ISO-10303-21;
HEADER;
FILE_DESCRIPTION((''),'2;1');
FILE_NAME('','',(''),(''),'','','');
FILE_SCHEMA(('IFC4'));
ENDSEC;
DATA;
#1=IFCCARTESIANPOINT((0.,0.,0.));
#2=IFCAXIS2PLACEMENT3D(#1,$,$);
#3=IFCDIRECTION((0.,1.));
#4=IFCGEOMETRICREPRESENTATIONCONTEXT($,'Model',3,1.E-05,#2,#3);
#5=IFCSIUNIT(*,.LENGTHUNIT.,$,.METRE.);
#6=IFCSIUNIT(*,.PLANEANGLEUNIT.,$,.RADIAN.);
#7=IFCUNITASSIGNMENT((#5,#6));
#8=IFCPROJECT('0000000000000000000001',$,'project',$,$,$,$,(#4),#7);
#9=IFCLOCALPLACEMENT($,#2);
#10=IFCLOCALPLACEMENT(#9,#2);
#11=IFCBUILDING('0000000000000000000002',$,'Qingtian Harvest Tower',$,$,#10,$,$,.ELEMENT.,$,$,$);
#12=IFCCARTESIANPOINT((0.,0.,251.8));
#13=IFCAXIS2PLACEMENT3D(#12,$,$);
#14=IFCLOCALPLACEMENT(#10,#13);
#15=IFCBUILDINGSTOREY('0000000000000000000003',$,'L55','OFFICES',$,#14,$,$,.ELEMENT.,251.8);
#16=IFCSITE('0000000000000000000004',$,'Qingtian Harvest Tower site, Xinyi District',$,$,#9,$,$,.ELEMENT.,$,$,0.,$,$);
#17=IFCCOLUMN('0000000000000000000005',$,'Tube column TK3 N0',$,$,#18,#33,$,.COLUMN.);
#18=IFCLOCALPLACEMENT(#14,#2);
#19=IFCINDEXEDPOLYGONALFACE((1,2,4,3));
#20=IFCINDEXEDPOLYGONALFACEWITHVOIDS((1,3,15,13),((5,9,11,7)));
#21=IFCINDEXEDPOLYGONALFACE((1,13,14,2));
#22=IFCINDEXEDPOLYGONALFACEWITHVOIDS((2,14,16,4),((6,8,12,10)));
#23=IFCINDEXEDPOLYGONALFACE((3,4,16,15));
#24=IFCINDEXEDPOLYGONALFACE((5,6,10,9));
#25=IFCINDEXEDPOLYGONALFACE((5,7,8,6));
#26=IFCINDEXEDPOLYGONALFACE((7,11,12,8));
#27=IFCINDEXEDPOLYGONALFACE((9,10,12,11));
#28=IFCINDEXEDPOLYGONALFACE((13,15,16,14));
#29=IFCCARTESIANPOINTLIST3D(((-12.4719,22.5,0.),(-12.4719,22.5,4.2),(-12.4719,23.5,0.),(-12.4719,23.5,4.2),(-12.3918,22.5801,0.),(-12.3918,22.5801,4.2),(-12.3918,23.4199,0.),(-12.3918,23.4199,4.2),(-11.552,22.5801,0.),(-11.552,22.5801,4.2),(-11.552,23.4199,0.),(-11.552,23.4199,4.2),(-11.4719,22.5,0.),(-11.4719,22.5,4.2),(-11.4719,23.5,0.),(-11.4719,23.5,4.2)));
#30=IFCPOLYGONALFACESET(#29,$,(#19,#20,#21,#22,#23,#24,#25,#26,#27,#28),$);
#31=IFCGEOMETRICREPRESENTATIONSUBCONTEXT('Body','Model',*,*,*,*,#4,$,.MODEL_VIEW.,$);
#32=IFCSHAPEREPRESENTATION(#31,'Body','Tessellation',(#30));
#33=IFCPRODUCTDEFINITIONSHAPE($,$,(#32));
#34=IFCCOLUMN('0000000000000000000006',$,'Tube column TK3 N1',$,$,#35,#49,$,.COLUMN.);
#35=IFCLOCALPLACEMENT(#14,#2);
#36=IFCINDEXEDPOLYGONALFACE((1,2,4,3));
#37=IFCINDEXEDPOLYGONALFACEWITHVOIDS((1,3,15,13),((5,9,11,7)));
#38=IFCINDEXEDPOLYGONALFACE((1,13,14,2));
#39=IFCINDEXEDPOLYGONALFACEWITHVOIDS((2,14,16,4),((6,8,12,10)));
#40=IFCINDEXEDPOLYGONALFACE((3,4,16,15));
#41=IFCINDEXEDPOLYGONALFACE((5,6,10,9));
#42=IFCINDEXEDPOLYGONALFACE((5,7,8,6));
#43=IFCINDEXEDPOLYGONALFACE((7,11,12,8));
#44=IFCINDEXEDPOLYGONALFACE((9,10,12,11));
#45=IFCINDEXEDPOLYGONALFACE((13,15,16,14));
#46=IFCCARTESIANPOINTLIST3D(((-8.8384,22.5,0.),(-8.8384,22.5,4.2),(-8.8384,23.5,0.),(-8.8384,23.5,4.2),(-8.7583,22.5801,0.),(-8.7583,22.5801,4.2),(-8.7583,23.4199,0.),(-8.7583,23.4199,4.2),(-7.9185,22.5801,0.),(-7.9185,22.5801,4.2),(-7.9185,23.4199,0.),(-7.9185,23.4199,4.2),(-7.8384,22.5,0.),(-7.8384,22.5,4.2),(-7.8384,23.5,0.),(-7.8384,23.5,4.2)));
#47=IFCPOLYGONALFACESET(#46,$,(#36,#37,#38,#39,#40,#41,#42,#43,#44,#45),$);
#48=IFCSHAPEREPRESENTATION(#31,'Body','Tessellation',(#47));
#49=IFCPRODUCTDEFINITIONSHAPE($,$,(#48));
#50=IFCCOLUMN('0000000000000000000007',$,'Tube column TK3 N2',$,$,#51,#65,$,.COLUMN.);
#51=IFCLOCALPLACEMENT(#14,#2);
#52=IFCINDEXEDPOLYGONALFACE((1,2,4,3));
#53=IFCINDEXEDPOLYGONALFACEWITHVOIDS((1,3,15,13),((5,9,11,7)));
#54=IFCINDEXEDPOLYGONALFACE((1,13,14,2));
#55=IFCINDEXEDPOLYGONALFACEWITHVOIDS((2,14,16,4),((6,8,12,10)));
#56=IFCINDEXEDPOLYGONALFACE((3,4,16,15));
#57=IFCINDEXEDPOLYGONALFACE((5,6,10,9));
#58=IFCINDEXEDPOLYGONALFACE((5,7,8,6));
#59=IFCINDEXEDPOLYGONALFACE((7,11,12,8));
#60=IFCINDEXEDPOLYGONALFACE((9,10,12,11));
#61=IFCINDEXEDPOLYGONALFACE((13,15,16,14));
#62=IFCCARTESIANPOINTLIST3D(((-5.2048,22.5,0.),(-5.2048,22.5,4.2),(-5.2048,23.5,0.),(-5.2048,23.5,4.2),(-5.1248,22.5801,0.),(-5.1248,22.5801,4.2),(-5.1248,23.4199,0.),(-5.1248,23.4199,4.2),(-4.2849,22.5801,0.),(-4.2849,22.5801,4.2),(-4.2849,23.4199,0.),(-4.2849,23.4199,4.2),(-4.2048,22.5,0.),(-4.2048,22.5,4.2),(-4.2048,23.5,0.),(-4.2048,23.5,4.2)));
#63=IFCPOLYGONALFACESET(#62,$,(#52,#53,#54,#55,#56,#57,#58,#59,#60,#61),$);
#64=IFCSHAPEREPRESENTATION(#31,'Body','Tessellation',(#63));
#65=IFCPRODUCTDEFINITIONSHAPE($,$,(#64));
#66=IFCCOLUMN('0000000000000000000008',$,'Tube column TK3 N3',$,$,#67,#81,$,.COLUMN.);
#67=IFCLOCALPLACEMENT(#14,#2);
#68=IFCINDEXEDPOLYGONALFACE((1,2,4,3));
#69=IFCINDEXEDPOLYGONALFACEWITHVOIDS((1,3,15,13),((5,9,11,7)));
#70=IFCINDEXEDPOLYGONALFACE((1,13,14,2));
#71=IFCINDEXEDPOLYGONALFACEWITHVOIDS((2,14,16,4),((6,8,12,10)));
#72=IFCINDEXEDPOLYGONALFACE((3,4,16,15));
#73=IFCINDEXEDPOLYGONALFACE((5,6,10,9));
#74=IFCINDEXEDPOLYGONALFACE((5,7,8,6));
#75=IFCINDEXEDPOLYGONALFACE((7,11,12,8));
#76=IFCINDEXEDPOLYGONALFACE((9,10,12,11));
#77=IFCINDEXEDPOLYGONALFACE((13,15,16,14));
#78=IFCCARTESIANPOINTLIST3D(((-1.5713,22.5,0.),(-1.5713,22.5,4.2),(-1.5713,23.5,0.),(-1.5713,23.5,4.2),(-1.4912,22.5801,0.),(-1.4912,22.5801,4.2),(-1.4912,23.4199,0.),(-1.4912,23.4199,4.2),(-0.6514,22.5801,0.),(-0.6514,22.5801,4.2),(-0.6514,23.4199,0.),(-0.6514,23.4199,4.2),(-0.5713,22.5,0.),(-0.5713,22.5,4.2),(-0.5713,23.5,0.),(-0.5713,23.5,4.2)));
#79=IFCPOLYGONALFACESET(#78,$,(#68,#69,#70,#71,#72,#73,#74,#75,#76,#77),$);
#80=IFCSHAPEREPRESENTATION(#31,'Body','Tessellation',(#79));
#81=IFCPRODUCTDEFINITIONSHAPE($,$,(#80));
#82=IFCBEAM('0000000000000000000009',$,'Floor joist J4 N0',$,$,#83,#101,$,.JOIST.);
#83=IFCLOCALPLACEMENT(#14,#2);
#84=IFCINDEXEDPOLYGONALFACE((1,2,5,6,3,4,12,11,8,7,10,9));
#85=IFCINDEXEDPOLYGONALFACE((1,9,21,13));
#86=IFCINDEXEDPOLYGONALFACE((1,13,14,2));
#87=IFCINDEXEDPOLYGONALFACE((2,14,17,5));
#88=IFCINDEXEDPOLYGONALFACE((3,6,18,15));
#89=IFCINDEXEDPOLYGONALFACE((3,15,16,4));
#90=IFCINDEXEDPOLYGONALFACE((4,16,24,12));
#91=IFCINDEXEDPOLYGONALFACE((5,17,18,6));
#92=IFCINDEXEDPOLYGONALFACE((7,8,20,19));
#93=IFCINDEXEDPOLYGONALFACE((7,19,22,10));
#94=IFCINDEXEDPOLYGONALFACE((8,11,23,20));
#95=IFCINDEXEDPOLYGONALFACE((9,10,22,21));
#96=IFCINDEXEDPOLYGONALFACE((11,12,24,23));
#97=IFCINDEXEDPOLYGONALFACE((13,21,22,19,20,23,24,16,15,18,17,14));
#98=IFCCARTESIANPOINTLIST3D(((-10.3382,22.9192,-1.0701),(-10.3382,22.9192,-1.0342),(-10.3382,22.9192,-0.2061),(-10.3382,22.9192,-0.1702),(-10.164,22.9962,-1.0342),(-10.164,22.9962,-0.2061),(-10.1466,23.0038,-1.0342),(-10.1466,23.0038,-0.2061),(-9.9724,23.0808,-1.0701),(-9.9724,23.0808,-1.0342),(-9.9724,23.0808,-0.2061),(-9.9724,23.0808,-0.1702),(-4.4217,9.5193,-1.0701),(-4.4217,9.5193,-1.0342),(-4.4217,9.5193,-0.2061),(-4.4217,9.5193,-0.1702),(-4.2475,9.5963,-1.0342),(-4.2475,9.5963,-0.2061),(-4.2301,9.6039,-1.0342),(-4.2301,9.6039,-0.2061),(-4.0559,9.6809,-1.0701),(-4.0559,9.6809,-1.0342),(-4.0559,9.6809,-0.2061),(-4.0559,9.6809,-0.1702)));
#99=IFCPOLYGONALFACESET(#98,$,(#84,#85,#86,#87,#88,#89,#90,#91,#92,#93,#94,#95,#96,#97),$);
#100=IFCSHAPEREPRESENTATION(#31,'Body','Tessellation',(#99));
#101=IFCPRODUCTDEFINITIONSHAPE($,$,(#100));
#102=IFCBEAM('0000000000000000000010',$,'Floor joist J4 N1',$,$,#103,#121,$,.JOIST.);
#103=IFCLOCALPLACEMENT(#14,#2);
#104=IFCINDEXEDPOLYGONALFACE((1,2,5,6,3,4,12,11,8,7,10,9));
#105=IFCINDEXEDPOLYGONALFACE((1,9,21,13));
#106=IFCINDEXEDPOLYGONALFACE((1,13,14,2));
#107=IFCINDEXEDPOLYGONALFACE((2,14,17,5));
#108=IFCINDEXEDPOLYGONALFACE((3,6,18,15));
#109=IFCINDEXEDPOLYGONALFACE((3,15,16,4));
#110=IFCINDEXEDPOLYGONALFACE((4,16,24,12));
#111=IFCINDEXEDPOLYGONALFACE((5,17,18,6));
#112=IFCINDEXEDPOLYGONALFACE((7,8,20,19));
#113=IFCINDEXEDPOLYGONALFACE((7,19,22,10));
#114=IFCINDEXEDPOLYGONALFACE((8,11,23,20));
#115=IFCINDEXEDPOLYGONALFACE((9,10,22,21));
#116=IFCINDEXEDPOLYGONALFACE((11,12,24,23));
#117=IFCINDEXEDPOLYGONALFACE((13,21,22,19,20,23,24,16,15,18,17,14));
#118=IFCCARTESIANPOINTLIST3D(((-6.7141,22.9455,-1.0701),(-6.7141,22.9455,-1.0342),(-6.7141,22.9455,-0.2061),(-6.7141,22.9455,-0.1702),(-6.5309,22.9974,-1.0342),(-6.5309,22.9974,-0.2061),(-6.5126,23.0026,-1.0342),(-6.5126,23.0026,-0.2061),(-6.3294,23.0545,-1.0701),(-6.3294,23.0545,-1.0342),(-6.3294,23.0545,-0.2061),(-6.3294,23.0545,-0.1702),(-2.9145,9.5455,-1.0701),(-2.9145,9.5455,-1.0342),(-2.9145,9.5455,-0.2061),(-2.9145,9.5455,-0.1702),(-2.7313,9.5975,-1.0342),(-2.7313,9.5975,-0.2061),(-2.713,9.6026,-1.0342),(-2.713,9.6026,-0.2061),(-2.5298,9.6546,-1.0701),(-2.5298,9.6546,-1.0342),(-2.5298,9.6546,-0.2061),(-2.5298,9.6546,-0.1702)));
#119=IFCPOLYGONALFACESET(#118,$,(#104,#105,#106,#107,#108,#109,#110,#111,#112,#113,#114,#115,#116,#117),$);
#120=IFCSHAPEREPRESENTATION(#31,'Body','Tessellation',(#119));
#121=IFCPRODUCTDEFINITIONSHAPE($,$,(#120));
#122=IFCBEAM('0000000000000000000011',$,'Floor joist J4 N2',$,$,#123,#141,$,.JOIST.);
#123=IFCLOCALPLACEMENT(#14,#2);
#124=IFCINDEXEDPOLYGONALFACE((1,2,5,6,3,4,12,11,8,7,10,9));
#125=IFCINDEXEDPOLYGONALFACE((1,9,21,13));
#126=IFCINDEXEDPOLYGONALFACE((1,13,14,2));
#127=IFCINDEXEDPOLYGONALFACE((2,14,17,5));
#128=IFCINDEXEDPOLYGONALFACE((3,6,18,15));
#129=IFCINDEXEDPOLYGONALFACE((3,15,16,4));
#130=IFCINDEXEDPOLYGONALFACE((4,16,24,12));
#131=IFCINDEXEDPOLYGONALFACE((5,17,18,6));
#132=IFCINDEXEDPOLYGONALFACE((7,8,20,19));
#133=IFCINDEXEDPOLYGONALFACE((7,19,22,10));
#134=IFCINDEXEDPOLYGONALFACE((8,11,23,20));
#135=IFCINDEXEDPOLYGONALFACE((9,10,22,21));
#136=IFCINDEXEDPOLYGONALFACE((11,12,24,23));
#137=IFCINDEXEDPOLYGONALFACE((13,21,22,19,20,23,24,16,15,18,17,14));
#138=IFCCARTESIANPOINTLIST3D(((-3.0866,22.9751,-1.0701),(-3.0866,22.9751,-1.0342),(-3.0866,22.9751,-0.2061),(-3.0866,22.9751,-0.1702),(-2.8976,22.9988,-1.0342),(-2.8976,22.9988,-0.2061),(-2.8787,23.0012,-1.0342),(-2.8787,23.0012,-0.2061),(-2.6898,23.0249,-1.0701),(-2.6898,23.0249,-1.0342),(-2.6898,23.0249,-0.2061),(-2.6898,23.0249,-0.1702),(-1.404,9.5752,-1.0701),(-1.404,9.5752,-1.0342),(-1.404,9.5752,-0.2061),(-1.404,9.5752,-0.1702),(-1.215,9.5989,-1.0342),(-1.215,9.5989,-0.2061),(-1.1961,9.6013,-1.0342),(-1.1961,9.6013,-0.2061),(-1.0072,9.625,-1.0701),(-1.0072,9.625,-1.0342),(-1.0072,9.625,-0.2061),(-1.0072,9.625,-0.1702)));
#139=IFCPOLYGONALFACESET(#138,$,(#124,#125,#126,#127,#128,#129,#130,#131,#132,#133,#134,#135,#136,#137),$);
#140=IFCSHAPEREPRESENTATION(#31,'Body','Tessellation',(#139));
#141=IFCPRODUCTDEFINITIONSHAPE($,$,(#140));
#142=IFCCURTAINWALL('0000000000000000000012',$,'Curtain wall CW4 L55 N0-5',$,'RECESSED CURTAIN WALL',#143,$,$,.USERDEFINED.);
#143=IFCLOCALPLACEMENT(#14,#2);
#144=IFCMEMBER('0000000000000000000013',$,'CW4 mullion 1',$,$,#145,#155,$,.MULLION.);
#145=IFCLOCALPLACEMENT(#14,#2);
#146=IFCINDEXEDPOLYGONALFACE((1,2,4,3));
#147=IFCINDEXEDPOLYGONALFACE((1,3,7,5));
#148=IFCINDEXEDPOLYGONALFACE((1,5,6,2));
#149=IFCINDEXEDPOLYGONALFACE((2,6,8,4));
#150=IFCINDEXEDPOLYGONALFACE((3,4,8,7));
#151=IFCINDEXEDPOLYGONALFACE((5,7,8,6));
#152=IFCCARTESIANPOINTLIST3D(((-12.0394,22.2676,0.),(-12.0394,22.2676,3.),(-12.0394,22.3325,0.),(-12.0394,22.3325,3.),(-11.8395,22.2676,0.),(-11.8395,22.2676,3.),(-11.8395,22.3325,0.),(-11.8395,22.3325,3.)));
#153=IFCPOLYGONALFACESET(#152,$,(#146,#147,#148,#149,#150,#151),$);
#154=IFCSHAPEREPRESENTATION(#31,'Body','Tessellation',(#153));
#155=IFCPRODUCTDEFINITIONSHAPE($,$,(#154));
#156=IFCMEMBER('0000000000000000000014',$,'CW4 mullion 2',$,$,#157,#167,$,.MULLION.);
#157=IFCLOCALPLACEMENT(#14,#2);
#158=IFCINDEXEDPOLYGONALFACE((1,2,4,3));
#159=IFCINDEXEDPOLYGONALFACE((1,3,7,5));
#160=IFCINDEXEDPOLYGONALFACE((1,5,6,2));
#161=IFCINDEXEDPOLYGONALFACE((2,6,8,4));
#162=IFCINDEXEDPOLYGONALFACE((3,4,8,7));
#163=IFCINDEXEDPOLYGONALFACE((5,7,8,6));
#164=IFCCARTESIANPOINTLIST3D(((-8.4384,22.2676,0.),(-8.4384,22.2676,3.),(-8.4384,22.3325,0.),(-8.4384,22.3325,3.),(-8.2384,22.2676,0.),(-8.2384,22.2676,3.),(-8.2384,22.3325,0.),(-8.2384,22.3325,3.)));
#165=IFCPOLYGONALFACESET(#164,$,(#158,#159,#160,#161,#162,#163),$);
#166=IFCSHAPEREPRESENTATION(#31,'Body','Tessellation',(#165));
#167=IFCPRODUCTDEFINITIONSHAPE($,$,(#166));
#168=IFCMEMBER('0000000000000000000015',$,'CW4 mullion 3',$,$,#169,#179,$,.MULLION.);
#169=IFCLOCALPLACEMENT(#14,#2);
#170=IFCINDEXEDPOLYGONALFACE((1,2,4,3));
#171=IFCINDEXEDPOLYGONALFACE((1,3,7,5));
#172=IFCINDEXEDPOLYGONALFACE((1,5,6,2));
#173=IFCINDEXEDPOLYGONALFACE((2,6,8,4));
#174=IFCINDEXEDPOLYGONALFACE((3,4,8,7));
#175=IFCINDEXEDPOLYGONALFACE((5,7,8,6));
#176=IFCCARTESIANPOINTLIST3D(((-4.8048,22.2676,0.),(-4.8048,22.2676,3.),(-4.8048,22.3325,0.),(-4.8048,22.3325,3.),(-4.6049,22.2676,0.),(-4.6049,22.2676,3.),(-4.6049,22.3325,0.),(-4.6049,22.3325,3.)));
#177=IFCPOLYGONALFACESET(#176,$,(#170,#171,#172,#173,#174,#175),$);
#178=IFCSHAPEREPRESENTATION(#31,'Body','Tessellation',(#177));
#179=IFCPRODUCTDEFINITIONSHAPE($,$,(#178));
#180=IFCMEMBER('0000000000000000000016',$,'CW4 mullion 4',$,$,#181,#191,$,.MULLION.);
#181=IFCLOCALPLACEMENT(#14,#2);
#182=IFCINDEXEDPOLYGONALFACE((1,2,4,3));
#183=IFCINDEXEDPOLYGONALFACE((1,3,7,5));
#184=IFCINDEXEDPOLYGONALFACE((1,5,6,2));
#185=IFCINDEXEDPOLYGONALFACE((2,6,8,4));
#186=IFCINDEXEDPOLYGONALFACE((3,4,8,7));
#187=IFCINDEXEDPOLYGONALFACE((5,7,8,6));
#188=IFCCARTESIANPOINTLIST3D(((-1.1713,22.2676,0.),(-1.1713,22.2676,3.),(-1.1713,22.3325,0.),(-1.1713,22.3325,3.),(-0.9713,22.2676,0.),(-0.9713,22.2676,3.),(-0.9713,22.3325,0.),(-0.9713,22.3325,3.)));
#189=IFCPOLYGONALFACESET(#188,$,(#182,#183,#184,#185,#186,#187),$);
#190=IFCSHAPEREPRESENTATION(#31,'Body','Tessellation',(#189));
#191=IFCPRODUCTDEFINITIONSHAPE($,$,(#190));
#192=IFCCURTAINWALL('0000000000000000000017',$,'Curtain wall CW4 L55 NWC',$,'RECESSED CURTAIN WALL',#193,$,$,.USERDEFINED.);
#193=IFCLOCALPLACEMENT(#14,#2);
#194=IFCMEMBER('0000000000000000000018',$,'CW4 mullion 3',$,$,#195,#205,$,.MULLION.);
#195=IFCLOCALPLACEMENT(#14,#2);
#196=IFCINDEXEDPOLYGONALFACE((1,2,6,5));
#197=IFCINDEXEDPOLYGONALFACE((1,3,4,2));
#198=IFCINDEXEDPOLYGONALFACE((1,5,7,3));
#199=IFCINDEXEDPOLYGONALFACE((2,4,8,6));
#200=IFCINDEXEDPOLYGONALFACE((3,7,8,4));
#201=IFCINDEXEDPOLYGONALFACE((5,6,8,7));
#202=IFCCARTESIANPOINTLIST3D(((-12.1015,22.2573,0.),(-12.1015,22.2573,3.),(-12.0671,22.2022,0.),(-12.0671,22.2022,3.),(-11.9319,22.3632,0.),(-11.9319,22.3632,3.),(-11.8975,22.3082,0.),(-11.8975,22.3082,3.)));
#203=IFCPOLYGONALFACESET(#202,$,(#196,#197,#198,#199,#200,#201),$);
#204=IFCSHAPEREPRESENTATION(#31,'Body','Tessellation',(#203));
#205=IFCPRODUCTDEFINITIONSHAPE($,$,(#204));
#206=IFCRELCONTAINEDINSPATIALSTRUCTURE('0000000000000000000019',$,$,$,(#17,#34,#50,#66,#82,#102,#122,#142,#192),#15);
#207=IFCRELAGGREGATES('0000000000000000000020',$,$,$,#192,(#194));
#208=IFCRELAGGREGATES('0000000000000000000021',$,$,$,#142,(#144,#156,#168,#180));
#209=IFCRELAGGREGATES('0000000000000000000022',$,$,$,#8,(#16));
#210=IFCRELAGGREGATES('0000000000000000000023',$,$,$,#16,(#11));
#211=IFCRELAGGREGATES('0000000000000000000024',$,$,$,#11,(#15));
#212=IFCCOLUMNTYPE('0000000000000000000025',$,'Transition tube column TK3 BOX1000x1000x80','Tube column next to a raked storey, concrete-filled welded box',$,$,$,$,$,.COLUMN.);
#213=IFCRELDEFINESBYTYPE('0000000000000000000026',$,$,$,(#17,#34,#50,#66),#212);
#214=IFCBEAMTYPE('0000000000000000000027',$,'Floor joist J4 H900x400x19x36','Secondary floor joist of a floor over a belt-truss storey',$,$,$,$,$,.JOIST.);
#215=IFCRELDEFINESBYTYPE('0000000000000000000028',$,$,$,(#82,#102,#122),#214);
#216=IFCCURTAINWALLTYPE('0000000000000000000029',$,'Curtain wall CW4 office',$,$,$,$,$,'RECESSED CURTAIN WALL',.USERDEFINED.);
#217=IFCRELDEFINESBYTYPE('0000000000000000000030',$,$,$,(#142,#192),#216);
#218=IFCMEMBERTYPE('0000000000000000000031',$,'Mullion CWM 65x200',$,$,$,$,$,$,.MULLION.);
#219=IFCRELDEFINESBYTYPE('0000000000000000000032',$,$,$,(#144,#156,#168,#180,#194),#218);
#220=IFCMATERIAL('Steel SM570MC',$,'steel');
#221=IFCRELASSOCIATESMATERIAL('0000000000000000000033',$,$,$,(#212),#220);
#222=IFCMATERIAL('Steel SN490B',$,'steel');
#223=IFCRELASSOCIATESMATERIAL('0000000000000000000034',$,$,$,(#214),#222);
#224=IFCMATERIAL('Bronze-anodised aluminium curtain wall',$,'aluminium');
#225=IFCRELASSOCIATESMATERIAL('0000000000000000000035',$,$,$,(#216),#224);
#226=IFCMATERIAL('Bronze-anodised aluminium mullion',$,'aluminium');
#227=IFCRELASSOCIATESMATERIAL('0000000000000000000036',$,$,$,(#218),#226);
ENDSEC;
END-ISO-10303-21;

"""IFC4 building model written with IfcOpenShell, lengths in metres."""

from ifc_helpers import new_model, si_unit, direction, frame, origin, origin_2d, place, context, subcontext, project, spatial, rectangle, hollow_rectangle, i_section, extrude, material, material_profile, profile_set, type_object, element, aggregate, save


model = new_model("IFC4")

# Units and contexts
model_context = context("Model", 3, precision=1e-05, world=origin(), true_north=direction((0.0, 1.0)))
body_context = subcontext(model_context, "Body", "Model", "MODEL_VIEW")
ifc_project = project(units=[si_unit("LENGTHUNIT", "METRE"), si_unit("PLANEANGLEUNIT", "RADIAN")], contexts=[model_context])

# Site, building, storey
site_placement = place(None, origin())
site = spatial("IfcSite", under=ifc_project, at=site_placement, Name="Qingtian Harvest Tower site, Xinyi District", CompositionType="ELEMENT", RefElevation=0.0)
building_placement = place(site_placement, origin())
building = spatial("IfcBuilding", under=site, at=building_placement, Name="Qingtian Harvest Tower", CompositionType="ELEMENT")
storey_placement = place(building_placement, frame((0.0, 0.0, 251.8)))
storey = spatial("IfcBuildingStorey", under=building, at=storey_placement, Name="L55", Description="OFFICES", CompositionType="ELEMENT", Elevation=251.8)

# Columns
ifc_material_1 = material(Name="Steel SM570MC", Category="steel")
ifc_material_profile_1 = material_profile(ifc_material_1, hollow_rectangle(XDim=1.0, YDim=1.0, WallThickness=0.0801, at=origin_2d()), Name="BOX1000x1000x80")
ifc_profile_set_1 = profile_set([ifc_material_profile_1], Name="Steel SM570MC")
column_type = type_object("IfcColumnType", Name="Transition tube column TK3 BOX1000x1000x80", Description="Tube column next to a raked storey, concrete-filled welded box", PredefinedType="COLUMN", material=ifc_profile_set_1)
for number, where, z_axis, x_axis, name in (
    (1, (-11.9719, 23.0, 0.0), (0.0, 0.0, 1.0), (-1.0, 0.0, 0.0), "Tube column TK3 N0"),
    (2, (-8.3384, 23.0, 0.0), (0.0, 0.0, 1.0), (-1.0, 0.0, 0.0), "Tube column TK3 N1"),
    (3, (-4.7048, 23.0, 0.0), (0.0, 0.0, 1.0), (-1.0, 0.0, 0.0), "Tube column TK3 N2"),
    (4, (-1.0713, 23.0, 0.0), (0.0, 0.0, 1.0), (-1.0, 0.0, 0.0), "Tube column TK3 N3"),
):
    element("IfcColumn", number, at=place(storey_placement, frame(where, z_axis=z_axis, x_axis=x_axis)), inside=storey, type_object=column_type, Name=name, PredefinedType="COLUMN", context=body_context, shape_type="SweptSolid", body=[
        extrude(hollow_rectangle(XDim=1.0, YDim=1.0, WallThickness=0.0801, at=origin_2d()), origin(), (0.0, 0.0, 1.0), 4.2),
    ])

# Beams
ifc_material_2 = material(Name="Steel SN490B", Category="steel")
ifc_material_profile_2 = material_profile(ifc_material_2, i_section(OverallWidth=0.3999, OverallDepth=0.8999, WebThickness=0.019, FlangeThickness=0.0359, at=origin_2d()), Name="H900x400x19x36")
ifc_profile_set_2 = profile_set([ifc_material_profile_2], Name="Steel SN490B")
beam_type_1 = type_object("IfcBeamType", Name="Floor joist J4 H900x400x19x36", Description="Secondary floor joist of a floor over a belt-truss storey", PredefinedType="JOIST", material=ifc_profile_set_2)
beam_1_placement = place(storey_placement, frame((-10.1553, 23.0, -0.6201), z_axis=(0.403913, -0.914797, 0.0), x_axis=(0.914797, 0.403913, 0.0)))
element("IfcBeam", 5, at=beam_1_placement, inside=storey, type_object=beam_type_1, Name="Floor joist J4 N0", PredefinedType="JOIST", context=body_context, shape_type="SweptSolid", body=[
    extrude(i_section(OverallWidth=0.3999, OverallDepth=0.8999, WebThickness=0.019, FlangeThickness=0.0359, at=origin_2d()), origin(), (0.0, 0.0, 1.0), 14.6479),
])
beam_2_placement = place(storey_placement, frame((-6.5217, 23.0, -0.6201), z_axis=(0.272797, -0.962072, 0.0), x_axis=(0.962072, 0.272797, 0.0)))
element("IfcBeam", 6, at=beam_2_placement, inside=storey, type_object=beam_type_1, Name="Floor joist J4 N1", PredefinedType="JOIST", context=body_context, shape_type="SweptSolid", body=[
    extrude(i_section(OverallWidth=0.3999, OverallDepth=0.8999, WebThickness=0.019, FlangeThickness=0.0359, at=origin_2d()), origin(), (0.0, 0.0, 1.0), 13.9282),
])
beam_3_placement = place(storey_placement, frame((-2.8882, 23.0, -0.6201), z_axis=(0.124591, -0.992208, 0.0), x_axis=(0.992208, 0.124591, 0.0)))
element("IfcBeam", 7, at=beam_3_placement, inside=storey, type_object=beam_type_1, Name="Floor joist J4 N2", PredefinedType="JOIST", context=body_context, shape_type="SweptSolid", body=[
    extrude(i_section(OverallWidth=0.3999, OverallDepth=0.8999, WebThickness=0.019, FlangeThickness=0.0359, at=origin_2d()), origin(), (0.0, 0.0, 1.0), 13.5051),
])

# Curtain wall, members
ifc_material_3 = material(Name="Bronze-anodised aluminium curtain wall", Category="aluminium")
curtain_wall_type = type_object("IfcCurtainWallType", Name="Curtain wall CW4 office", ElementType="RECESSED CURTAIN WALL", PredefinedType="USERDEFINED", material=ifc_material_3)
curtain_wall_1_placement = place(storey_placement, origin())
curtain_wall_1 = element("IfcCurtainWall", 8, at=curtain_wall_1_placement, inside=storey, type_object=curtain_wall_type, Name="Curtain wall CW4 L55 N0-5", ObjectType="RECESSED CURTAIN WALL", PredefinedType="USERDEFINED")
ifc_material_4 = material(Name="Bronze-anodised aluminium mullion", Category="aluminium")
ifc_material_profile_3 = material_profile(ifc_material_4, rectangle(XDim=0.0649, YDim=0.2, at=origin_2d()), Name="AL 65x200")
ifc_profile_set_3 = profile_set([ifc_material_profile_3], Name="Bronze-anodised aluminium mullion")
member_type_1 = type_object("IfcMemberType", Name="Mullion CWM 65x200", PredefinedType="MULLION", material=ifc_profile_set_3)
member_1_placement = place(storey_placement, frame((-11.9395, 22.3, 0.0), z_axis=(0.0, 0.0, 1.0), x_axis=(0.0, 1.0, 0.0)))
member_1 = element("IfcMember", 9, at=member_1_placement, type_object=member_type_1, Name="CW4 mullion 1", PredefinedType="MULLION", context=body_context, shape_type="SweptSolid", body=[
    extrude(rectangle(XDim=0.0649, YDim=0.2, at=origin_2d()), origin(), (0.0, 0.0, 1.0), 3.0),
])
member_2_placement = place(storey_placement, frame((-8.3384, 22.3, 0.0), z_axis=(0.0, 0.0, 1.0), x_axis=(0.0, 1.0, 0.0)))
member_2 = element("IfcMember", 10, at=member_2_placement, type_object=member_type_1, Name="CW4 mullion 2", PredefinedType="MULLION", context=body_context, shape_type="SweptSolid", body=[
    extrude(rectangle(XDim=0.0649, YDim=0.2, at=origin_2d()), origin(), (0.0, 0.0, 1.0), 3.0),
])
member_3_placement = place(storey_placement, frame((-4.7048, 22.3, 0.0), z_axis=(0.0, 0.0, 1.0), x_axis=(0.0, 1.0, 0.0)))
member_3 = element("IfcMember", 11, at=member_3_placement, type_object=member_type_1, Name="CW4 mullion 3", PredefinedType="MULLION", context=body_context, shape_type="SweptSolid", body=[
    extrude(rectangle(XDim=0.0649, YDim=0.2, at=origin_2d()), origin(), (0.0, 0.0, 1.0), 3.0),
])
member_4_placement = place(storey_placement, frame((-1.0713, 22.3, 0.0), z_axis=(0.0, 0.0, 1.0), x_axis=(0.0, 1.0, 0.0)))
member_4 = element("IfcMember", 12, at=member_4_placement, type_object=member_type_1, Name="CW4 mullion 4", PredefinedType="MULLION", context=body_context, shape_type="SweptSolid", body=[
    extrude(rectangle(XDim=0.0649, YDim=0.2, at=origin_2d()), origin(), (0.0, 0.0, 1.0), 3.0),
])

# Curtain wall, member
curtain_wall_2_placement = place(storey_placement, origin())
curtain_wall_2 = element("IfcCurtainWall", 13, at=curtain_wall_2_placement, inside=storey, type_object=curtain_wall_type, Name="Curtain wall CW4 L55 NWC", ObjectType="RECESSED CURTAIN WALL", PredefinedType="USERDEFINED")
member_5_placement = place(storey_placement, frame((-11.9995, 22.2827, 0.0), z_axis=(0.0, 0.0, 1.0), x_axis=(-0.529919, 0.848048, 0.0)))
member_5 = element("IfcMember", 14, at=member_5_placement, type_object=member_type_1, Name="CW4 mullion 3", PredefinedType="MULLION", context=body_context, shape_type="SweptSolid", body=[
    extrude(rectangle(XDim=0.0649, YDim=0.2, at=origin_2d()), origin(), (0.0, 0.0, 1.0), 3.0),
])
aggregate(curtain_wall_2, [member_5])

aggregate(curtain_wall_1, [member_1, member_2, member_3, member_4])

save(model, "model.ifc")
